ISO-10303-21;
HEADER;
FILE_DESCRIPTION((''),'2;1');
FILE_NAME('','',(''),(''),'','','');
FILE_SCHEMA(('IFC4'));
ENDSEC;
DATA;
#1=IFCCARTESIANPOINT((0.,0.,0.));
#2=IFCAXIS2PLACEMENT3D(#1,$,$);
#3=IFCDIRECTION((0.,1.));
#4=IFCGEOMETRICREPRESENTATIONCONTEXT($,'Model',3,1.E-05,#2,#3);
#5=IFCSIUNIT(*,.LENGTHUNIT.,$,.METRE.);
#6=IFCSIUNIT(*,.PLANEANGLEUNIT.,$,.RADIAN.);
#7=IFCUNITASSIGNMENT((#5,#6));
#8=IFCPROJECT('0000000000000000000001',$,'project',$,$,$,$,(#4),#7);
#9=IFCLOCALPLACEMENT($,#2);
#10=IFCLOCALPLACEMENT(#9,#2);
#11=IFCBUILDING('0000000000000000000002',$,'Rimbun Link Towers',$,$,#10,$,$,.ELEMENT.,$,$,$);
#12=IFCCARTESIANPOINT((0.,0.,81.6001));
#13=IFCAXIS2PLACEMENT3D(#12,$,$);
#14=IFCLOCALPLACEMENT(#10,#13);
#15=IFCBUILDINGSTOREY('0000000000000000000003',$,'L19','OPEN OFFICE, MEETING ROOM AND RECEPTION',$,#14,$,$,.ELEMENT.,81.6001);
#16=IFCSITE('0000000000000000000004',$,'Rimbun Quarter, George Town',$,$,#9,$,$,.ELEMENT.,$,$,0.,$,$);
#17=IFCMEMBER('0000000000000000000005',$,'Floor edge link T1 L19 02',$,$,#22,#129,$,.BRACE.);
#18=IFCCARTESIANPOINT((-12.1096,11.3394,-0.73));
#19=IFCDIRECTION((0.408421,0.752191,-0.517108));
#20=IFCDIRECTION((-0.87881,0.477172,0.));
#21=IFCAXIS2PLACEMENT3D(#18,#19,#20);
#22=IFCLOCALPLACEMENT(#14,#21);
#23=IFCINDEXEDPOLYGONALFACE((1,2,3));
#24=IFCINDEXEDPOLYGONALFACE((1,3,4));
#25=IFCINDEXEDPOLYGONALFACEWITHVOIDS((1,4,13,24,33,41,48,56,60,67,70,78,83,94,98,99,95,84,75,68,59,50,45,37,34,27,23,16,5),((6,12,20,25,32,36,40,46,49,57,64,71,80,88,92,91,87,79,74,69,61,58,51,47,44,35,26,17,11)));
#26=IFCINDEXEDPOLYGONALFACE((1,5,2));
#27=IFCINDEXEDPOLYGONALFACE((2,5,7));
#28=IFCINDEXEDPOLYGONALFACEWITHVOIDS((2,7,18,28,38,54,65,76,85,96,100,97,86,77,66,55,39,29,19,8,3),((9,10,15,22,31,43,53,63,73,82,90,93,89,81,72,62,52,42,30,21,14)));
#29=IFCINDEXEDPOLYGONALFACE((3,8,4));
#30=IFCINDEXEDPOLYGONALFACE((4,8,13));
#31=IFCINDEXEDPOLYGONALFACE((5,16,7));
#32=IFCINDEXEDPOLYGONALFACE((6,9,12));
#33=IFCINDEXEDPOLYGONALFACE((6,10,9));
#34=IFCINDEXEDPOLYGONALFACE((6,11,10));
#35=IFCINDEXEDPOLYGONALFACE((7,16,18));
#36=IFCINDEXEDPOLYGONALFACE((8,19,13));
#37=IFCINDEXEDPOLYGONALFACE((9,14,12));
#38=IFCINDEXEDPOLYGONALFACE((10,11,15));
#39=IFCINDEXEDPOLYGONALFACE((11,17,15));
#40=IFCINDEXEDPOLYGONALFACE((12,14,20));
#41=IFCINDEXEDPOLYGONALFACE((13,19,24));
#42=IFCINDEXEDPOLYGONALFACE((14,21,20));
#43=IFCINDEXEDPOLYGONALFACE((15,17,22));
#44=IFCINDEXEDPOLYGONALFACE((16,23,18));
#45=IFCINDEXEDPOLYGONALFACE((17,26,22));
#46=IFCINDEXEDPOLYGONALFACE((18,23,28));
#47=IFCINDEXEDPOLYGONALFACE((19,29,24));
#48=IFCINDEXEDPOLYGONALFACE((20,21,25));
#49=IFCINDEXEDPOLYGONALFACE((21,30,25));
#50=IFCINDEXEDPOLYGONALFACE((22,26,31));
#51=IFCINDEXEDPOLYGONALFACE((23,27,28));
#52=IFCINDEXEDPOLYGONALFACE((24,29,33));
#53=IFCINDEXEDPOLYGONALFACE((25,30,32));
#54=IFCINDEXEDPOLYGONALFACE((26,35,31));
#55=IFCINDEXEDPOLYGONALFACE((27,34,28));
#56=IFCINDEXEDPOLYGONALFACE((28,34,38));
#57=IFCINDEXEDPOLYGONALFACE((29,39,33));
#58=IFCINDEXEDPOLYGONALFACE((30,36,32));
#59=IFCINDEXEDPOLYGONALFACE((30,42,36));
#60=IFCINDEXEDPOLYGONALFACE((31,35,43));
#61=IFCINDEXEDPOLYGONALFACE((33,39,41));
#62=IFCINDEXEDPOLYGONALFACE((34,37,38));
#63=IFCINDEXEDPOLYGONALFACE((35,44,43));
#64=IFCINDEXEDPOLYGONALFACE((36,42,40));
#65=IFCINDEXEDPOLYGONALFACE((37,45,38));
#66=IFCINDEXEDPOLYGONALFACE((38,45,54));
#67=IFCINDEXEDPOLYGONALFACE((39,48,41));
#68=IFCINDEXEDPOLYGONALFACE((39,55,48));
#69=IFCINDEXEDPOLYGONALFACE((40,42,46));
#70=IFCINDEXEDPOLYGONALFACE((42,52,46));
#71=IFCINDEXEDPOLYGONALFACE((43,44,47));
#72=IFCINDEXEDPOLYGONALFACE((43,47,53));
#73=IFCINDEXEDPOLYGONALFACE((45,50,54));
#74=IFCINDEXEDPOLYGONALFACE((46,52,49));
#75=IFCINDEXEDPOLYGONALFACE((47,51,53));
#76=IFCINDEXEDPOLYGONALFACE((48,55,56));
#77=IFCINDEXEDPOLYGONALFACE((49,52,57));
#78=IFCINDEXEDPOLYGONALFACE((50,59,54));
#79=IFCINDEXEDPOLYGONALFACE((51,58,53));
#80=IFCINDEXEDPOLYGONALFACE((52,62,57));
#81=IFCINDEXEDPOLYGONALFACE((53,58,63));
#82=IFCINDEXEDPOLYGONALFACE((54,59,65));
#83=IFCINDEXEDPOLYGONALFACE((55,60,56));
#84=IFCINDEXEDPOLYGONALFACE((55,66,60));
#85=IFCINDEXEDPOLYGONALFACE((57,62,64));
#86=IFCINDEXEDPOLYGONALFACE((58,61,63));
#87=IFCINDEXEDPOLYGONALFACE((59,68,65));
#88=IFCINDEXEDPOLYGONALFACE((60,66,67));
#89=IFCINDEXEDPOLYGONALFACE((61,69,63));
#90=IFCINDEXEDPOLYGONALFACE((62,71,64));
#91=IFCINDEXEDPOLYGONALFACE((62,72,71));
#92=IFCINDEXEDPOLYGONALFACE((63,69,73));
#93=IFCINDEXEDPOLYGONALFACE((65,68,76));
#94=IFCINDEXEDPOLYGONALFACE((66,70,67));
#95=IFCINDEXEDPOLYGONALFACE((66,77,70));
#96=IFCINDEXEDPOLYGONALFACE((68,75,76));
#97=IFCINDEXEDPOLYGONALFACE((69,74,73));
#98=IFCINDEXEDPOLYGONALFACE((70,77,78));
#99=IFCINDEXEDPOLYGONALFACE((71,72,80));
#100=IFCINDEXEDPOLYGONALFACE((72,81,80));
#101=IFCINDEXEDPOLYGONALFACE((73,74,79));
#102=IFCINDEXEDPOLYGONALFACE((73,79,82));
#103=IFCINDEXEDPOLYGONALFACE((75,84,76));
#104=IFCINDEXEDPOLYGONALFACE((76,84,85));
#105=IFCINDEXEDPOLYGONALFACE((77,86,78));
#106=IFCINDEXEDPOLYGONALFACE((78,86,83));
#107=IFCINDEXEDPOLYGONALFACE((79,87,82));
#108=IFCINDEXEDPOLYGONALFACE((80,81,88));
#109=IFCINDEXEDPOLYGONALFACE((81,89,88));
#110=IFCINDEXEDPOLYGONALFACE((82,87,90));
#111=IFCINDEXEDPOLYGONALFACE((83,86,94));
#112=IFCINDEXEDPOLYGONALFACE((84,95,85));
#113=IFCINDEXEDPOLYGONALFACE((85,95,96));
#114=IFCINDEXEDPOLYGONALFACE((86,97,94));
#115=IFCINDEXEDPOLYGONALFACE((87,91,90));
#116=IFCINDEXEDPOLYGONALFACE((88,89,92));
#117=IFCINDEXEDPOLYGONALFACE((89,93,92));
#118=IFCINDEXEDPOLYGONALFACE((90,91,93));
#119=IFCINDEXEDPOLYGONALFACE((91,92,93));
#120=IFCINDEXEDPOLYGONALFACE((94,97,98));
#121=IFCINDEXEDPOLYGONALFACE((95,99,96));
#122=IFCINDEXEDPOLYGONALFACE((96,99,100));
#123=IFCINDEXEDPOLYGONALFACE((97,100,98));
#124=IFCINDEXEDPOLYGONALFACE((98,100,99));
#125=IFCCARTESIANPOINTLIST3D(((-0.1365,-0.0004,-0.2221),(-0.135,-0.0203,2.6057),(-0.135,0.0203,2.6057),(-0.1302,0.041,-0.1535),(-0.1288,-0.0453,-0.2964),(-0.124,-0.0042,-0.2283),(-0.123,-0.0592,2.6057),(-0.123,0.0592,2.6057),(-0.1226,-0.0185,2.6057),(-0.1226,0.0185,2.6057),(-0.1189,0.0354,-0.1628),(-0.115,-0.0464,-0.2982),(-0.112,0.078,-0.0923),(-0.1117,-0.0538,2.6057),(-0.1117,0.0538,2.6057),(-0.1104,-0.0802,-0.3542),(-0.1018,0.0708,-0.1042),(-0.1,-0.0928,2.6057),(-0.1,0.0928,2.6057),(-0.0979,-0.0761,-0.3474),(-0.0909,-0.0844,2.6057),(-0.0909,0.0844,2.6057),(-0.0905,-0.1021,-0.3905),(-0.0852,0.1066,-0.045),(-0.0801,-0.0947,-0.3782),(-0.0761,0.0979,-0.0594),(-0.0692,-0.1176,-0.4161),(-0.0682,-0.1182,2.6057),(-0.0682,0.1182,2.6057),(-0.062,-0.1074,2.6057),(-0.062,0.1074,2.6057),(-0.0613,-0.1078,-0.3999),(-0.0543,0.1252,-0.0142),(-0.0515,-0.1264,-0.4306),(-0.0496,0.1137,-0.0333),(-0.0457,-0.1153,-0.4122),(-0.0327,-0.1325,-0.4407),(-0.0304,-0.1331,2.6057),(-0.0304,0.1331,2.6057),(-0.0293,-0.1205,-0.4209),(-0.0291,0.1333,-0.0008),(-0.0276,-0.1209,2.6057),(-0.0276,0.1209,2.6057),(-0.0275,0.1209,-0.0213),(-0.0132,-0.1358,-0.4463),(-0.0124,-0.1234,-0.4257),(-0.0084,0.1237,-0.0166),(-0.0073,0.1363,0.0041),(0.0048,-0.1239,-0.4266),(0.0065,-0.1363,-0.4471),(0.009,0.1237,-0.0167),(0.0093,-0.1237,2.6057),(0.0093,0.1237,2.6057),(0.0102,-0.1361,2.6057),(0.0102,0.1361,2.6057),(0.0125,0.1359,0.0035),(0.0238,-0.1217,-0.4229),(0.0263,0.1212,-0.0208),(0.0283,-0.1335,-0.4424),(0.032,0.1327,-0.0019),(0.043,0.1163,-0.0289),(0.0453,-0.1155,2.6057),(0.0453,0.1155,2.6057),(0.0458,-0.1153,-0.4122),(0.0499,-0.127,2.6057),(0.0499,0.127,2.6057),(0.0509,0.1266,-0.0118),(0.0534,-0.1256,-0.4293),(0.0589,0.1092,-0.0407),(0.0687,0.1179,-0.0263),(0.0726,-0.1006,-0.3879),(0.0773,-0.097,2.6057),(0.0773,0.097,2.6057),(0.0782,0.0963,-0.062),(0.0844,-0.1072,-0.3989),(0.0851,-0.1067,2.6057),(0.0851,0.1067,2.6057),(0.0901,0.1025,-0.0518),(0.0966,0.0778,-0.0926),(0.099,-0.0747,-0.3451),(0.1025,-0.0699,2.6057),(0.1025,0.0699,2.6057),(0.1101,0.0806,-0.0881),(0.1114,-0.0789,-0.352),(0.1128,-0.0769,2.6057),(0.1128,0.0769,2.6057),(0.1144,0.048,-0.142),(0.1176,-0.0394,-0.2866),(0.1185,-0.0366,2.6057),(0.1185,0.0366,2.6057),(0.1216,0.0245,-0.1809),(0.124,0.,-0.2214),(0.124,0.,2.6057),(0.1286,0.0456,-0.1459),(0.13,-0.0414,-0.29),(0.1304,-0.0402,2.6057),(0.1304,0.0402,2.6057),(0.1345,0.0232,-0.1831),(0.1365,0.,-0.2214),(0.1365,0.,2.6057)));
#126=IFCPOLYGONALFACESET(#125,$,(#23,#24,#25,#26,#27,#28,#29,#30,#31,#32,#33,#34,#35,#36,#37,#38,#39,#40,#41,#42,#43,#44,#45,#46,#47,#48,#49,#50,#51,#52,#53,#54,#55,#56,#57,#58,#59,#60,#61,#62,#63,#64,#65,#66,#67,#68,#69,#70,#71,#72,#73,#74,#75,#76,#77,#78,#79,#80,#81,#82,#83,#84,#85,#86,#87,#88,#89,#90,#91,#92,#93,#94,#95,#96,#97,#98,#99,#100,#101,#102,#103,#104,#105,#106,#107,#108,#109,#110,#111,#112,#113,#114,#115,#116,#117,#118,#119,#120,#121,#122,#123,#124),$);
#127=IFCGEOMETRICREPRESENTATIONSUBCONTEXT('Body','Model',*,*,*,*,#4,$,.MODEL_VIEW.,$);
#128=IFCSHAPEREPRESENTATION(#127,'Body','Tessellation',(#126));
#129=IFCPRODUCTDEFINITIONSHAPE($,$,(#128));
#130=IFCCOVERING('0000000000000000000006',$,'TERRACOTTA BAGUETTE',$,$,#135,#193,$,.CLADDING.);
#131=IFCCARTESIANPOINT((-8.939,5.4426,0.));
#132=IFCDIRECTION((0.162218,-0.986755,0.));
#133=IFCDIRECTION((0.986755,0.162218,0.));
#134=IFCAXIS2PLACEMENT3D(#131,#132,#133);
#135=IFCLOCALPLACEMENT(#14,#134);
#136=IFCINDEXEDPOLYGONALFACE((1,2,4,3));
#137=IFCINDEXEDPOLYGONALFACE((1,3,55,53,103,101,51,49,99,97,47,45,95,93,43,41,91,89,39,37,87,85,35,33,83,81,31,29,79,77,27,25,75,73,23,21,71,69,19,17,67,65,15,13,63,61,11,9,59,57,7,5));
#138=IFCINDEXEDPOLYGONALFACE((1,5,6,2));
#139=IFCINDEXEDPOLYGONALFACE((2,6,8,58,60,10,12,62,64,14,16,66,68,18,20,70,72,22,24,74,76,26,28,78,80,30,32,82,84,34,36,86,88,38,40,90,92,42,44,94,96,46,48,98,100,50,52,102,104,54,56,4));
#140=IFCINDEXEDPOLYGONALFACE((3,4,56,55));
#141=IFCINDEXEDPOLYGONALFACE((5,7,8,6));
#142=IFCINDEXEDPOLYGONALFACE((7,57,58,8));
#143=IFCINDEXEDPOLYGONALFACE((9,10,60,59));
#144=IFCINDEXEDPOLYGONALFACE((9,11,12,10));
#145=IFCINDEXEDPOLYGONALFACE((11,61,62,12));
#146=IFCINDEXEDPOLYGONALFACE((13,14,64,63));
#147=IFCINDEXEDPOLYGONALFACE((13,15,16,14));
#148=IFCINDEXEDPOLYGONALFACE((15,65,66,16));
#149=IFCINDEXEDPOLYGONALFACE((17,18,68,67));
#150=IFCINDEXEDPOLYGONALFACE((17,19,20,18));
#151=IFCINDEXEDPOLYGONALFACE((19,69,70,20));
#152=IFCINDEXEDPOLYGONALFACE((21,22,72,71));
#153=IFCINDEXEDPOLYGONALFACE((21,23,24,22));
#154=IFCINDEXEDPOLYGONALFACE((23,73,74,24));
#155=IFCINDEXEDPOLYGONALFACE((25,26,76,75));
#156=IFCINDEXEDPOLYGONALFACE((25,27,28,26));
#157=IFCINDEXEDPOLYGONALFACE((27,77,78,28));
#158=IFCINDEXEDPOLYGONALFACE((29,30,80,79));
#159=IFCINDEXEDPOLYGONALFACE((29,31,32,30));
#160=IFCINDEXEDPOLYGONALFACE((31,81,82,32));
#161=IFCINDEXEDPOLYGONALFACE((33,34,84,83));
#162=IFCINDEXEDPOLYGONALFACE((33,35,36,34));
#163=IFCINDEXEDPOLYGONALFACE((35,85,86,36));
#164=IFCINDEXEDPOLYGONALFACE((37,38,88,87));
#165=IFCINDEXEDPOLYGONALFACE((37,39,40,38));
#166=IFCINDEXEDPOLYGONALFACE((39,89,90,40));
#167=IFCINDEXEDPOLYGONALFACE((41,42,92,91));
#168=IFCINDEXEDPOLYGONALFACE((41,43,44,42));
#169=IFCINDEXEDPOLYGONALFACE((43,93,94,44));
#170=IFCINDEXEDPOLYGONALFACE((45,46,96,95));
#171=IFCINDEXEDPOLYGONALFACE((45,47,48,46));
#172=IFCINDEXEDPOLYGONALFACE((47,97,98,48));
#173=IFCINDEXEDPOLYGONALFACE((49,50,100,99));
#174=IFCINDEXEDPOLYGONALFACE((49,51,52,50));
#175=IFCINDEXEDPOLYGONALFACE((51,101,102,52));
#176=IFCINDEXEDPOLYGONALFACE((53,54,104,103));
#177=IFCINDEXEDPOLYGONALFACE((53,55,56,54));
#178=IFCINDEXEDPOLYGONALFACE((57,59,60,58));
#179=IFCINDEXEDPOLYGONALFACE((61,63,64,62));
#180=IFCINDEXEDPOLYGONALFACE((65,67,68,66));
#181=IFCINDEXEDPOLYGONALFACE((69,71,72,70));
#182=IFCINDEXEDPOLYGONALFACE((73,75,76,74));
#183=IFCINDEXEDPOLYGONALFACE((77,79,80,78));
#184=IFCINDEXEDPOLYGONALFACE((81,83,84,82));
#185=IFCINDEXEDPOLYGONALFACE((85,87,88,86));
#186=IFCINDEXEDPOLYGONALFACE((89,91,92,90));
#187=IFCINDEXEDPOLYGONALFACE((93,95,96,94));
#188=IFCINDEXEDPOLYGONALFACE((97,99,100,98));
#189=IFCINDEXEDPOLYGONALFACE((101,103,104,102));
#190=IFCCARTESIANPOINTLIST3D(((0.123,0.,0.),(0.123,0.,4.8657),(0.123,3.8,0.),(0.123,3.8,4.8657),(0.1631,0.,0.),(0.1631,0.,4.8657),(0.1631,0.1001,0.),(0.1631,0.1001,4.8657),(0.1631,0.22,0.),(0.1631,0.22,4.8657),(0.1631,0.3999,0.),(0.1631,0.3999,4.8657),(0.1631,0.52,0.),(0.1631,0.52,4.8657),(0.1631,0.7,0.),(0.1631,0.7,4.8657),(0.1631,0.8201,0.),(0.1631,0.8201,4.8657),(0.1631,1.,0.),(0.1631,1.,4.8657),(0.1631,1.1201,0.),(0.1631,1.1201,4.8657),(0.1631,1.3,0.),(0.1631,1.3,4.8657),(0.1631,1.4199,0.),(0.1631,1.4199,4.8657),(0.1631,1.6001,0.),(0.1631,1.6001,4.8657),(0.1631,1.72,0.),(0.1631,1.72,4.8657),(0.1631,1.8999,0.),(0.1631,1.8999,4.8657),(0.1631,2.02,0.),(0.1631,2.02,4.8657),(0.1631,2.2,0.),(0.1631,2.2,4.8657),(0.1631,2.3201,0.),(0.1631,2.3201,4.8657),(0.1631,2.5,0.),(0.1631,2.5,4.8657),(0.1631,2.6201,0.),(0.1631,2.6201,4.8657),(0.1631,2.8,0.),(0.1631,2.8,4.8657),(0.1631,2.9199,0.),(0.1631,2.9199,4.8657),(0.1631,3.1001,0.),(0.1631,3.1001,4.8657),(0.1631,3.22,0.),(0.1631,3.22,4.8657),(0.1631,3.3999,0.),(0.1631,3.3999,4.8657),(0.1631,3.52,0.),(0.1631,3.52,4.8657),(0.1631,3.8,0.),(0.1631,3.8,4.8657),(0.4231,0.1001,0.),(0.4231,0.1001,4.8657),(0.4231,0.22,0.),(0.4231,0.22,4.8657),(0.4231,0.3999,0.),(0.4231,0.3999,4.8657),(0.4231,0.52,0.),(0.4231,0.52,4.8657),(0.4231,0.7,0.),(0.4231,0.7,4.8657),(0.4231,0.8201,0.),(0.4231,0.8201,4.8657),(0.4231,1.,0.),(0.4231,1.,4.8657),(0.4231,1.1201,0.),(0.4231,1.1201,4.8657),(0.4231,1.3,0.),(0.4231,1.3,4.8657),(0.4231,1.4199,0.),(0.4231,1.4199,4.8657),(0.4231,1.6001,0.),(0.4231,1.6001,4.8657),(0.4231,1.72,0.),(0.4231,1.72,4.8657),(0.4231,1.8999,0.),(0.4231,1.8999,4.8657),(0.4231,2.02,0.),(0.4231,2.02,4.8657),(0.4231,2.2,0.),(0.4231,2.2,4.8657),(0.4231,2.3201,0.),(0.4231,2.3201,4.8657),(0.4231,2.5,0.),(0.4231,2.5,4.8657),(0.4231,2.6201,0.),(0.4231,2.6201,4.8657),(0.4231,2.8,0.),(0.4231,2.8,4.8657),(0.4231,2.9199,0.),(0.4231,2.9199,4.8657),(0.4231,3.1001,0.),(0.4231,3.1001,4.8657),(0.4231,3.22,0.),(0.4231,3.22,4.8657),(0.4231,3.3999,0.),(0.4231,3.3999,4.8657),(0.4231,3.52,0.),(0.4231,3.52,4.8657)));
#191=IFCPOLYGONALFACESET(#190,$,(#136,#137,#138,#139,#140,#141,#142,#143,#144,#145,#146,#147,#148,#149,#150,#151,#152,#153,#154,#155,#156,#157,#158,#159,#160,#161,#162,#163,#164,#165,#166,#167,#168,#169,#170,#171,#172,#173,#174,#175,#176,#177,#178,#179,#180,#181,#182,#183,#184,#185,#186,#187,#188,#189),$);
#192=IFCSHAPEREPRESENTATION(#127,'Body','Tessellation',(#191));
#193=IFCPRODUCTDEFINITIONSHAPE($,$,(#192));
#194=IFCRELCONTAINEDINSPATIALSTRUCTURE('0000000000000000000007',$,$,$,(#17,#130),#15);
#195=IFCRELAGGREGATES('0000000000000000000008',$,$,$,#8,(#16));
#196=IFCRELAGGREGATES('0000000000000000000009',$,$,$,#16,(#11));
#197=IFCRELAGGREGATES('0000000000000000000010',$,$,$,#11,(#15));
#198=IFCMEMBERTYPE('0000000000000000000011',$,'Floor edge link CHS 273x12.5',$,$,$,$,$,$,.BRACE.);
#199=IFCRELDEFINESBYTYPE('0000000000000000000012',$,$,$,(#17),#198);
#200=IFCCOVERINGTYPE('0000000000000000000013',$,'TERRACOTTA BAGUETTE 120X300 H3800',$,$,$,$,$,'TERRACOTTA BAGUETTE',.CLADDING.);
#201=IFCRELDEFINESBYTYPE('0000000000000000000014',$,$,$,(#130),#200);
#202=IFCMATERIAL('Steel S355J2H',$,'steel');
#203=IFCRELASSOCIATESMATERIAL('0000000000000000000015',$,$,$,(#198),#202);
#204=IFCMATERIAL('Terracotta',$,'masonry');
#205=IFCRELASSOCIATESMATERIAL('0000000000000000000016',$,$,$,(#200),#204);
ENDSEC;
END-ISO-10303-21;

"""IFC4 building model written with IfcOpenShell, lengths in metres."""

from ifc_helpers import new_model, si_unit, direction, frame, origin, origin_2d, place, context, subcontext, project, spatial, polyline, hollow_circle, outline, extrude, clip, halfspace, material, material_profile, profile_set, type_object, element, save


model = new_model("IFC4")

# Units and contexts
model_context = context("Model", 3, precision=1e-05, world=origin(), true_north=direction((0.0, 1.0)))
body_context = subcontext(model_context, "Body", "Model", "MODEL_VIEW")
ifc_project = project(units=[si_unit("LENGTHUNIT", "METRE"), si_unit("PLANEANGLEUNIT", "RADIAN")], contexts=[model_context])

# Site, building, storey
site_placement = place(None, origin())
site = spatial("IfcSite", under=ifc_project, at=site_placement, Name="Rimbun Quarter, George Town", CompositionType="ELEMENT", RefElevation=0.0)
building_placement = place(site_placement, origin())
building = spatial("IfcBuilding", under=site, at=building_placement, Name="Rimbun Link Towers", CompositionType="ELEMENT")
storey_placement = place(building_placement, frame((0.0, 0.0, 81.6001)))
storey = spatial("IfcBuildingStorey", under=building, at=storey_placement, Name="L19", Description="OPEN OFFICE, MEETING ROOM AND RECEPTION", CompositionType="ELEMENT", Elevation=81.6001)

# Member
ifc_material_1 = material(Name="Steel S355J2H", Category="steel")
ifc_material_profile_1 = material_profile(ifc_material_1, hollow_circle(Radius=0.1365, WallThickness=0.0125, at=origin_2d()), Name="CHS 273x12.5")
ifc_profile_set_1 = profile_set([ifc_material_profile_1], Name="Steel S355J2H")
member_type_1 = type_object("IfcMemberType", Name="Floor edge link CHS 273x12.5", PredefinedType="BRACE", material=ifc_profile_set_1)
member_1_placement = place(storey_placement, frame((-12.1096, 11.3394, -0.73), z_axis=(0.408421, 0.752191, -0.517108), x_axis=(-0.87881, 0.477172, 0.0)))
element("IfcMember", 1, at=member_1_placement, inside=storey, type_object=member_type_1, Name="Floor edge link T1 L19 02", PredefinedType="BRACE", context=body_context, shape_type="Clipping", body=[
    clip(extrude(hollow_circle(Radius=0.1365, WallThickness=0.0125, at=origin_2d()), frame((0.0, 0.0, -0.4712)), (0.0, 0.0, 1.0), 3.0769), halfspace(frame((0.0, 0.0, -0.2214), z_axis=(0.0, 0.85592, -0.517108)), False)),
])

# Covering
ifc_material_2 = material(Name="Terracotta", Category="masonry")
ifc_material_profile_2 = material_profile(ifc_material_2, outline(polyline([(0.123, 0.0), (0.1631, 0.0), (0.1631, 0.1001), (0.4231, 0.1001), (0.4231, 0.22), (0.1631, 0.22), (0.1631, 0.3999), (0.4231, 0.3999), (0.4231, 0.52), (0.1631, 0.52), (0.1631, 0.7), (0.4231, 0.7), (0.4231, 0.8201), (0.1631, 0.8201), (0.1631, 1.0), (0.4231, 1.0), (0.4231, 1.1201), (0.1631, 1.1201), (0.1631, 1.3), (0.4231, 1.3), (0.4231, 1.4199), (0.1631, 1.4199), (0.1631, 1.6001), (0.4231, 1.6001), (0.4231, 1.72), (0.1631, 1.72), (0.1631, 1.8999), (0.4231, 1.8999), (0.4231, 2.02), (0.1631, 2.02), (0.1631, 2.2), (0.4231, 2.2), (0.4231, 2.3201), (0.1631, 2.3201), (0.1631, 2.5), (0.4231, 2.5), (0.4231, 2.6201), (0.1631, 2.6201), (0.1631, 2.8), (0.4231, 2.8), (0.4231, 2.9199), (0.1631, 2.9199), (0.1631, 3.1001), (0.4231, 3.1001), (0.4231, 3.22), (0.1631, 3.22), (0.1631, 3.3999), (0.4231, 3.3999), (0.4231, 3.52), (0.1631, 3.52), (0.1631, 3.8), (0.123, 3.8), (0.123, 0.0)])), Name="BAGUETTE 120X300")
ifc_profile_set_2 = profile_set([ifc_material_profile_2], Name="Terracotta")
covering_type_1 = type_object("IfcCoveringType", Name="TERRACOTTA BAGUETTE 120X300 H3800", ElementType="TERRACOTTA BAGUETTE", PredefinedType="CLADDING", material=ifc_profile_set_2)
covering_1_placement = place(storey_placement, frame((-8.939, 5.4426, 0.0), z_axis=(0.162218, -0.986755, 0.0), x_axis=(0.986755, 0.162218, 0.0)))
element("IfcCovering", 2, at=covering_1_placement, inside=storey, type_object=covering_type_1, Name="TERRACOTTA BAGUETTE", PredefinedType="CLADDING", context=body_context, shape_type="SweptSolid", body=[
    extrude(outline(polyline([(0.123, 0.0), (0.1631, 0.0), (0.1631, 0.1001), (0.4231, 0.1001), (0.4231, 0.22), (0.1631, 0.22), (0.1631, 0.3999), (0.4231, 0.3999), (0.4231, 0.52), (0.1631, 0.52), (0.1631, 0.7), (0.4231, 0.7), (0.4231, 0.8201), (0.1631, 0.8201), (0.1631, 1.0), (0.4231, 1.0), (0.4231, 1.1201), (0.1631, 1.1201), (0.1631, 1.3), (0.4231, 1.3), (0.4231, 1.4199), (0.1631, 1.4199), (0.1631, 1.6001), (0.4231, 1.6001), (0.4231, 1.72), (0.1631, 1.72), (0.1631, 1.8999), (0.4231, 1.8999), (0.4231, 2.02), (0.1631, 2.02), (0.1631, 2.2), (0.4231, 2.2), (0.4231, 2.3201), (0.1631, 2.3201), (0.1631, 2.5), (0.4231, 2.5), (0.4231, 2.6201), (0.1631, 2.6201), (0.1631, 2.8), (0.4231, 2.8), (0.4231, 2.9199), (0.1631, 2.9199), (0.1631, 3.1001), (0.4231, 3.1001), (0.4231, 3.22), (0.1631, 3.22), (0.1631, 3.3999), (0.4231, 3.3999), (0.4231, 3.52), (0.1631, 3.52), (0.1631, 3.8), (0.123, 3.8), (0.123, 0.0)])), origin(), (0.0, 0.0, 1.0), 4.8657),
])

save(model, "model.ifc")
